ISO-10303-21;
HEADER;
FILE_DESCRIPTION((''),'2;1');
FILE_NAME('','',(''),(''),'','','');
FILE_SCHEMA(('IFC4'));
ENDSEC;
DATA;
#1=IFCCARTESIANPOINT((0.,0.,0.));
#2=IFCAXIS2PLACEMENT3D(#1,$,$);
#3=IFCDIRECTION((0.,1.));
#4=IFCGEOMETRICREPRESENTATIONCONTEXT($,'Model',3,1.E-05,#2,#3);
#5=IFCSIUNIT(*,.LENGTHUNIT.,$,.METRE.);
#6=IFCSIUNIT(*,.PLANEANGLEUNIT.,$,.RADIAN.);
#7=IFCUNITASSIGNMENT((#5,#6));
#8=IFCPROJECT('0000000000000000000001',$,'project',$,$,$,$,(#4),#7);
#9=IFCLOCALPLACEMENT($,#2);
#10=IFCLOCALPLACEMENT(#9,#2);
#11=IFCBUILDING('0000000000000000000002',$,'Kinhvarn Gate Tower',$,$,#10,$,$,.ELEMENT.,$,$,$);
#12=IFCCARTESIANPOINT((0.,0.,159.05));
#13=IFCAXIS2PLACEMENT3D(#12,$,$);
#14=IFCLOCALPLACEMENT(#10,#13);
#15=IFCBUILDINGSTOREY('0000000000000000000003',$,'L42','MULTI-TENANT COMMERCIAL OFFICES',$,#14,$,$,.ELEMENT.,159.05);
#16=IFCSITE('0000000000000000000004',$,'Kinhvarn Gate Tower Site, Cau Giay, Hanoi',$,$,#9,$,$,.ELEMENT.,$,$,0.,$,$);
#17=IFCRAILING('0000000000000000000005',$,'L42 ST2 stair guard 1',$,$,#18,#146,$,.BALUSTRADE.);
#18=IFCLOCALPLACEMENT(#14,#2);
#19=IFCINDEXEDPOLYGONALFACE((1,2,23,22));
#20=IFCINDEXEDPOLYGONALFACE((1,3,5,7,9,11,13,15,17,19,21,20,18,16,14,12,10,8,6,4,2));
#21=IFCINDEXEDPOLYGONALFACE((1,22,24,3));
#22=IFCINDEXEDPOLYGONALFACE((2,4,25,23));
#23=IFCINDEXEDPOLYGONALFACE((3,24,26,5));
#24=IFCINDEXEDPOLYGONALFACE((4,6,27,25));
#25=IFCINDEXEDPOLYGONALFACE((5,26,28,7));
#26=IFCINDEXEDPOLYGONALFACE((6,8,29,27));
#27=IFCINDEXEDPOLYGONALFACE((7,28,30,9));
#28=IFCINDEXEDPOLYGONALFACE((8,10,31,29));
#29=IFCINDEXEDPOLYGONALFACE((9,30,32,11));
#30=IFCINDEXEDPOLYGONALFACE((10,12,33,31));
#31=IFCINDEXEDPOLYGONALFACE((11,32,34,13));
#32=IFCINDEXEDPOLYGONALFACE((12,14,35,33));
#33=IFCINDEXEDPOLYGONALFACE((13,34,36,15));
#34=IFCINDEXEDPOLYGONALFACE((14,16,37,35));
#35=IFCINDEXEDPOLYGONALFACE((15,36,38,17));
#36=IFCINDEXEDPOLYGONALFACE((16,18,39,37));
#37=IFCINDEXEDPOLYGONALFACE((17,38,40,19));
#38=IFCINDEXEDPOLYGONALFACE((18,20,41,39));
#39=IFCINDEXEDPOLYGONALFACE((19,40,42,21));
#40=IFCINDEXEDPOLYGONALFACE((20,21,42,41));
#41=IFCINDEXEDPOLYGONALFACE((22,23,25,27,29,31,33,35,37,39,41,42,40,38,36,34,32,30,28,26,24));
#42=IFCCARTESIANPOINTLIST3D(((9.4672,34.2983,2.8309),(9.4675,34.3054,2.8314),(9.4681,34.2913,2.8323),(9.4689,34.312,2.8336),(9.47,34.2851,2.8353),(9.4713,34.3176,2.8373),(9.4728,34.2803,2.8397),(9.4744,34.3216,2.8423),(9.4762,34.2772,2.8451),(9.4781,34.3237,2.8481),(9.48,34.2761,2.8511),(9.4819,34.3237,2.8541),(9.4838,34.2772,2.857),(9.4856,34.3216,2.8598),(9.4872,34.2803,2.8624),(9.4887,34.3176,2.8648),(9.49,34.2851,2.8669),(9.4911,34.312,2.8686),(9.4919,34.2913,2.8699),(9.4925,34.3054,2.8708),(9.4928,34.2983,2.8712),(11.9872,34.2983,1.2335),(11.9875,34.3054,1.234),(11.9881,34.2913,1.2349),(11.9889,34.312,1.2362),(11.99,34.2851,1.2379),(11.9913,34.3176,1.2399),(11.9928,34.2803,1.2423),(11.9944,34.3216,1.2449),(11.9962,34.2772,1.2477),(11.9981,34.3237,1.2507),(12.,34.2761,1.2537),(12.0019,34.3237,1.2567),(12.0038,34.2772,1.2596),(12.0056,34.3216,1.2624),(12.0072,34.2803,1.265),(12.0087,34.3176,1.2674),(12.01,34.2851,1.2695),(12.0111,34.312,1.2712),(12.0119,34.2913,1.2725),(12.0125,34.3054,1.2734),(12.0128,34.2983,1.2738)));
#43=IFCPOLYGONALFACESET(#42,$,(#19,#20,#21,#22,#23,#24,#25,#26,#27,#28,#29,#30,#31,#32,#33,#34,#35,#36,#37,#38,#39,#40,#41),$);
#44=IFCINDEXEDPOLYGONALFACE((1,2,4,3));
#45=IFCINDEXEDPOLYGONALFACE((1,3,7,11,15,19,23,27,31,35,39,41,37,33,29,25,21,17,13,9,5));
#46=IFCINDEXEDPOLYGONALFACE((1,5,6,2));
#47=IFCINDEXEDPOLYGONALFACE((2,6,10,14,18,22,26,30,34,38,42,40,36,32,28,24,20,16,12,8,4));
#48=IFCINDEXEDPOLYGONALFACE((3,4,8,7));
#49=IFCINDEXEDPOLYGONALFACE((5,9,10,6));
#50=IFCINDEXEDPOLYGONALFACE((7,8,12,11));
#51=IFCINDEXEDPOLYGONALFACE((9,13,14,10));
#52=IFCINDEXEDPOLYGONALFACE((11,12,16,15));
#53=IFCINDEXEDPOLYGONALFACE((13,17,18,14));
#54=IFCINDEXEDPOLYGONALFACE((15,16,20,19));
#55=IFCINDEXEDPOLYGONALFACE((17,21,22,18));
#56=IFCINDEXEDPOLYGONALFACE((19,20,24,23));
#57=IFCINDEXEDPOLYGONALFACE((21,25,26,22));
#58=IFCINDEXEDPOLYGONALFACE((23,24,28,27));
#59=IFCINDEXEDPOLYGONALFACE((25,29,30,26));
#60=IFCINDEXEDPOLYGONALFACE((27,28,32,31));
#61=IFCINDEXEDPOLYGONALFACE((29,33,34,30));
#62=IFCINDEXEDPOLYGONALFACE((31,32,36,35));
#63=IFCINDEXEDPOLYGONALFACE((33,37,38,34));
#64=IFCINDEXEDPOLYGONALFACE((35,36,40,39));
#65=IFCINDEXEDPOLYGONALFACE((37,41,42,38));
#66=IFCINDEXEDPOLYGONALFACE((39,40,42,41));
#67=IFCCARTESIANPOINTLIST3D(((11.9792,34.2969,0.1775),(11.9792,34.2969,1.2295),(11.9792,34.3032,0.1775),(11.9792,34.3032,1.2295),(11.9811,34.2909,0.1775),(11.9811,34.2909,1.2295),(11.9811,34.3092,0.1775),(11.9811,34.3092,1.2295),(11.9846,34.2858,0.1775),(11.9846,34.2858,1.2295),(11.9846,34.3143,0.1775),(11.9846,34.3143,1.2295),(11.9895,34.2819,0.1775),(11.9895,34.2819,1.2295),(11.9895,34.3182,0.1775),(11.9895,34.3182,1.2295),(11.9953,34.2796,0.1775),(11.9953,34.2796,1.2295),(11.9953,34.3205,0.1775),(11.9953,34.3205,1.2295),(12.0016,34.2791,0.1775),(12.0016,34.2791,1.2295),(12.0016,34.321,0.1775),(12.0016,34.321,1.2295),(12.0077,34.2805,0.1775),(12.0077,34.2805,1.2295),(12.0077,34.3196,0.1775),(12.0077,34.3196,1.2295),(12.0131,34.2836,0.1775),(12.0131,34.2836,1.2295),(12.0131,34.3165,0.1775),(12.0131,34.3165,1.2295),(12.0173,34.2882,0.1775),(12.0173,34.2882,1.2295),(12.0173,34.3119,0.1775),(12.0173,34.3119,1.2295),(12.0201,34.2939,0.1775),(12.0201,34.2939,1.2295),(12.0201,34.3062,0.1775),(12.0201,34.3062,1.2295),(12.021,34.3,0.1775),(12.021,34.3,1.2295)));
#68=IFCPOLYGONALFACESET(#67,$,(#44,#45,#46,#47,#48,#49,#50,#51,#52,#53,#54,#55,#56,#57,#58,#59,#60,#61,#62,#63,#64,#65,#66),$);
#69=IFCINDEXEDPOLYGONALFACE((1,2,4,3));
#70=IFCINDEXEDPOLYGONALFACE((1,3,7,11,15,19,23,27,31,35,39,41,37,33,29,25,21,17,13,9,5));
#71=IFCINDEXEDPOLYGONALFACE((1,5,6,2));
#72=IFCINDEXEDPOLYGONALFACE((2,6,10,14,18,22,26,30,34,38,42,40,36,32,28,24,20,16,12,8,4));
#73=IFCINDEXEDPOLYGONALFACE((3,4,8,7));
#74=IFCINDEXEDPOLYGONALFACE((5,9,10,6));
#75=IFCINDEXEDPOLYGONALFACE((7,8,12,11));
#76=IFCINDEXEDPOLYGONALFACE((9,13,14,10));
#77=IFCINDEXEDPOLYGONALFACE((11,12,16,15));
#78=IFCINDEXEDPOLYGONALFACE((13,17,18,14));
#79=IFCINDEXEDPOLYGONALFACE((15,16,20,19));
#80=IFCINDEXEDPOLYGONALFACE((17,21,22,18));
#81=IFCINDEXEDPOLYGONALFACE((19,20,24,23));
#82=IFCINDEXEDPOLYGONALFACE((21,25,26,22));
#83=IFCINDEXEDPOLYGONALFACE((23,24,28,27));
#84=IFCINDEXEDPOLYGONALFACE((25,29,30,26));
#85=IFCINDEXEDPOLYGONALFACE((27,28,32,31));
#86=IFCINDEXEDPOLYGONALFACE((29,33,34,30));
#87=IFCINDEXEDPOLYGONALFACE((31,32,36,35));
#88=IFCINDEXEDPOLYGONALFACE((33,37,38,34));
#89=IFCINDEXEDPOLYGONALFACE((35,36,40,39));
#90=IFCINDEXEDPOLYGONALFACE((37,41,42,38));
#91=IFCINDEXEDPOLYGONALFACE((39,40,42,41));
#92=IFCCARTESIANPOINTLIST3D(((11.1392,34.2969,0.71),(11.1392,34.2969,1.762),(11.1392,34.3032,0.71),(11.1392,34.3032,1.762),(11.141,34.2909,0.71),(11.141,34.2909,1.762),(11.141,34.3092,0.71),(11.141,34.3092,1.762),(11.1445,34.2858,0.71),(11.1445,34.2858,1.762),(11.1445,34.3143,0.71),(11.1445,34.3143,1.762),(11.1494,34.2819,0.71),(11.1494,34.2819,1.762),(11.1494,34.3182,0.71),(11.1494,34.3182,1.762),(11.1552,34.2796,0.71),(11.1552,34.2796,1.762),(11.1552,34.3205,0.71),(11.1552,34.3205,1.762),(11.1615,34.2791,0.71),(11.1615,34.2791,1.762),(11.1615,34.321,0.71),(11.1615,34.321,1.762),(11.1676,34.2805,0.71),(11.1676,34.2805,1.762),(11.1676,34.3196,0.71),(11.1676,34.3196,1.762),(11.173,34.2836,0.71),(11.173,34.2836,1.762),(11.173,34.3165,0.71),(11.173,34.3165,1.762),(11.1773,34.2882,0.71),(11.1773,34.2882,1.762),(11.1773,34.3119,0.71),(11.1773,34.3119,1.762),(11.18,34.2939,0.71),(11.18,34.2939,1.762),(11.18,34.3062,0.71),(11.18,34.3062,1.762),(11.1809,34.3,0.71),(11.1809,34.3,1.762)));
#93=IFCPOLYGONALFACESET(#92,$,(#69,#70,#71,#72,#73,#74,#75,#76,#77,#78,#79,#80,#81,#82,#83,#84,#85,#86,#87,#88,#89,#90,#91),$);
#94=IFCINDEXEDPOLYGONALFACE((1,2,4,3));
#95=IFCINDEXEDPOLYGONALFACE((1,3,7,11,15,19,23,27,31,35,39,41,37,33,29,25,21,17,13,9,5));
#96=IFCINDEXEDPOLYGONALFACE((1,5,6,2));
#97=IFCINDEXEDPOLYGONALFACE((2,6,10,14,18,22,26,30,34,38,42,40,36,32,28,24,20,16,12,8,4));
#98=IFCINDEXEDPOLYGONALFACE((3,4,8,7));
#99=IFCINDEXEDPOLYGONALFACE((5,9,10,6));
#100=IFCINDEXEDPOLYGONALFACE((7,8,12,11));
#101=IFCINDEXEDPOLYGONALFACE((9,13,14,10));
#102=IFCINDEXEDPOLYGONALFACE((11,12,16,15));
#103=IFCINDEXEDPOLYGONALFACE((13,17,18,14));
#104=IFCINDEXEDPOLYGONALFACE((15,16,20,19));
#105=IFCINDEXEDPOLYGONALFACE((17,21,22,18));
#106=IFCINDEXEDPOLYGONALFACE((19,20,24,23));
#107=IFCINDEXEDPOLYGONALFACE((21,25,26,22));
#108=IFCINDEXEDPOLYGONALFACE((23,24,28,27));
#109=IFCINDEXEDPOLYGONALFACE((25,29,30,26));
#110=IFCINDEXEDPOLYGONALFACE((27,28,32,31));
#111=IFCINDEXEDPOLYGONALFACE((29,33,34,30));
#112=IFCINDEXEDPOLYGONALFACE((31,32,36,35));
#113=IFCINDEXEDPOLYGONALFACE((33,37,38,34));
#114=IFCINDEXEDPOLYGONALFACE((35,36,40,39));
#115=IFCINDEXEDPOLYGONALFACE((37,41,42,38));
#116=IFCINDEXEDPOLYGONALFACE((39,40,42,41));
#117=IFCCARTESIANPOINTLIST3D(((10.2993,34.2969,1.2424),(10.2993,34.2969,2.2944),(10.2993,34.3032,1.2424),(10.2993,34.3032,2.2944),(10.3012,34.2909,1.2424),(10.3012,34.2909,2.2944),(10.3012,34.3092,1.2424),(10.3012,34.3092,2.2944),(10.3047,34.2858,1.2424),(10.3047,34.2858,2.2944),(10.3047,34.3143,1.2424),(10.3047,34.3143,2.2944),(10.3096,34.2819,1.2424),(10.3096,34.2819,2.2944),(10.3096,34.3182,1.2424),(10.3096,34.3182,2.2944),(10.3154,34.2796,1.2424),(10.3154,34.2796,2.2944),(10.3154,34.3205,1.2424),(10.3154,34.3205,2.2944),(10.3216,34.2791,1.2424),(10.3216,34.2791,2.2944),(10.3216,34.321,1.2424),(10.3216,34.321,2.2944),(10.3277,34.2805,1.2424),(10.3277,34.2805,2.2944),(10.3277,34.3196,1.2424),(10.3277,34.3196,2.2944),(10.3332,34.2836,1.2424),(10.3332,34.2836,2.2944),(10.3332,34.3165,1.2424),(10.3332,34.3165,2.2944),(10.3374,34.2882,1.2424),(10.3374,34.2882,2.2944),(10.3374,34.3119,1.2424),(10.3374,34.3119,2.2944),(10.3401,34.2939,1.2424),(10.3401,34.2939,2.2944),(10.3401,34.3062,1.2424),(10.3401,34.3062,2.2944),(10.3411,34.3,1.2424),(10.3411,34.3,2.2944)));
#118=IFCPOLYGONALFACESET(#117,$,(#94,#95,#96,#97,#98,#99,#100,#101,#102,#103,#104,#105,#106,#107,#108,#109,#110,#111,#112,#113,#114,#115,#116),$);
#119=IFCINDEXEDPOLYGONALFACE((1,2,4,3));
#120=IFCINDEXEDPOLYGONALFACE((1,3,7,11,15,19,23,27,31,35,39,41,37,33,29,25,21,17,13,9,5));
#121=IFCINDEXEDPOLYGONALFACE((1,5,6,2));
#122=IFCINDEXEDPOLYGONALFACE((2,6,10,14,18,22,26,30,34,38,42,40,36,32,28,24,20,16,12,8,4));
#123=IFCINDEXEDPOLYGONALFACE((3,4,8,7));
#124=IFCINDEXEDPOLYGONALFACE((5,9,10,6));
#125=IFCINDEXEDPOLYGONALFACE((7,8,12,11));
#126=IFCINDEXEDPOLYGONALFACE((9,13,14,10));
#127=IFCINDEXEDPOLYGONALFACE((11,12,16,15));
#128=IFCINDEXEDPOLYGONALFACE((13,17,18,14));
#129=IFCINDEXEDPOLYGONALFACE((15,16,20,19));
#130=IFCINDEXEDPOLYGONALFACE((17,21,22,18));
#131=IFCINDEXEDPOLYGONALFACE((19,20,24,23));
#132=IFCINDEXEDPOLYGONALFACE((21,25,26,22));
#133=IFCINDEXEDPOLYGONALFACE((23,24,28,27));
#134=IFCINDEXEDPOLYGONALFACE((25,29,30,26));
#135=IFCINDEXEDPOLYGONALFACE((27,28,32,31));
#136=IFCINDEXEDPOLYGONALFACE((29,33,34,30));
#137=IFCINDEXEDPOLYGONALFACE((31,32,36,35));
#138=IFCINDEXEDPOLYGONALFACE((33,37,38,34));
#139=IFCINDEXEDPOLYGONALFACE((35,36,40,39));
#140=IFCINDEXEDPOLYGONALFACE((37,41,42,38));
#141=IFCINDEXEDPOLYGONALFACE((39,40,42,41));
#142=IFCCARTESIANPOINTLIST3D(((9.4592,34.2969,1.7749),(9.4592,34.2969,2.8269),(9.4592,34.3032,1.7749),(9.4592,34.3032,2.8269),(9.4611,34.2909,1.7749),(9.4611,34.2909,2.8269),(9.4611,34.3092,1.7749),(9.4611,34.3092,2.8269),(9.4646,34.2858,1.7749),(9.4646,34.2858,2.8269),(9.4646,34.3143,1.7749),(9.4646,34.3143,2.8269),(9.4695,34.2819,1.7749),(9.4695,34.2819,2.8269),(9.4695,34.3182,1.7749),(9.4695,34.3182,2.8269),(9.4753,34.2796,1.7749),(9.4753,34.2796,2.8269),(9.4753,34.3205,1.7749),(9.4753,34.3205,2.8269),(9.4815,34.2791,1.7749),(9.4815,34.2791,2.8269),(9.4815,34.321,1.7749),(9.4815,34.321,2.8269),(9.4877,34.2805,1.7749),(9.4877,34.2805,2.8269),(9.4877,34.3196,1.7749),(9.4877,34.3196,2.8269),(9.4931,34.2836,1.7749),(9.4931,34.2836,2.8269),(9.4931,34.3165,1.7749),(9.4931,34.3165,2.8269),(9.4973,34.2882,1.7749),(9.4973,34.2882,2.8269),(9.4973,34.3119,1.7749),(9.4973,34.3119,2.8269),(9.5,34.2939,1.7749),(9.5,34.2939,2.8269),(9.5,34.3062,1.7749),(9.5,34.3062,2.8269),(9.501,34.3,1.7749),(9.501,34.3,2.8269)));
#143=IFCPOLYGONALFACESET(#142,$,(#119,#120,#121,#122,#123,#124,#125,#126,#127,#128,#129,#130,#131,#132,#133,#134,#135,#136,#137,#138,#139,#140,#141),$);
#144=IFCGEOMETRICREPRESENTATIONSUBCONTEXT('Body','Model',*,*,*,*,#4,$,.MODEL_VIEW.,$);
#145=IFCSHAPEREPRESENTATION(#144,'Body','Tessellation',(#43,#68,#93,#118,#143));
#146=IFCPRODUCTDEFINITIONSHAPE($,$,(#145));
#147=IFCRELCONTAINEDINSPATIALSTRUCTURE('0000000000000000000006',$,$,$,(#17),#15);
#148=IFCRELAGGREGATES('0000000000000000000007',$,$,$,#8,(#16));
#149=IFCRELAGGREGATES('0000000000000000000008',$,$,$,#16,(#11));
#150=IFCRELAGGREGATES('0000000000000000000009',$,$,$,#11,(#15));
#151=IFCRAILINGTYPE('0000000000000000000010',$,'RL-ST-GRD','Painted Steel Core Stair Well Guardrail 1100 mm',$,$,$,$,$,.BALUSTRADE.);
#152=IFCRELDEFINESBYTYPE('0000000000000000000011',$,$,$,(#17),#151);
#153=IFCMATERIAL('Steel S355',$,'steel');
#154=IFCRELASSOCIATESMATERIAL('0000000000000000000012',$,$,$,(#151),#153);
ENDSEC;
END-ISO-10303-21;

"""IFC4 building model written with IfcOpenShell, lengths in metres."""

from ifc_helpers import new_model, si_unit, direction, frame, origin, origin_2d, place, context, subcontext, project, spatial, circle, extrude, material, type_object, element, save


model = new_model("IFC4")

# Units and contexts
model_context = context("Model", 3, precision=1e-05, world=origin(), true_north=direction((0.0, 1.0)))
body_context = subcontext(model_context, "Body", "Model", "MODEL_VIEW")
ifc_project = project(units=[si_unit("LENGTHUNIT", "METRE"), si_unit("PLANEANGLEUNIT", "RADIAN")], contexts=[model_context])

# Site, building, storey
site_placement = place(None, origin())
site = spatial("IfcSite", under=ifc_project, at=site_placement, Name="Kinhvarn Gate Tower Site, Cau Giay, Hanoi", CompositionType="ELEMENT", RefElevation=0.0)
building_placement = place(site_placement, origin())
building = spatial("IfcBuilding", under=site, at=building_placement, Name="Kinhvarn Gate Tower", CompositionType="ELEMENT")
storey_placement = place(building_placement, frame((0.0, 0.0, 159.05)))
storey = spatial("IfcBuildingStorey", under=building, at=storey_placement, Name="L42", Description="MULTI-TENANT COMMERCIAL OFFICES", CompositionType="ELEMENT", Elevation=159.05)

# Shared definitions
ifc_material_1 = material(Name="Steel S355", Category="steel")

# Railing
railing_type_1 = type_object("IfcRailingType", Name="RL-ST-GRD", Description="Painted Steel Core Stair Well Guardrail 1100 mm", PredefinedType="BALUSTRADE", material=ifc_material_1)
railing_1_placement = place(storey_placement, frame((12.0, 34.3, 0.1775)))
element("IfcRailing", 1, at=railing_1_placement, inside=storey, type_object=railing_type_1, Name="L42 ST2 stair guard 1", PredefinedType="BALUSTRADE", context=body_context, shape_type="SweptSolid", body=[
    extrude(circle(Radius=0.0239, at=origin_2d()), frame((0.0, 0.0, 1.0762), z_axis=(-0.844607, 0.0, 0.535387), x_axis=(0.0, -1.0, 0.0)), (0.0, 0.0, 1.0), 2.9836),
    extrude(circle(Radius=0.021, at=origin_2d()), origin(), (0.0, 0.0, 1.0), 1.052),
    extrude(circle(Radius=0.021, at=origin_2d()), frame((-0.8401, 0.0, 0.5325)), (0.0, 0.0, 1.0), 1.052),
    extrude(circle(Radius=0.021, at=origin_2d()), frame((-1.6799, 0.0, 1.0649)), (0.0, 0.0, 1.0), 1.052),
    extrude(circle(Radius=0.021, at=origin_2d()), frame((-2.52, 0.0, 1.5974)), (0.0, 0.0, 1.0), 1.052),
])

save(model, "model.ifc")
